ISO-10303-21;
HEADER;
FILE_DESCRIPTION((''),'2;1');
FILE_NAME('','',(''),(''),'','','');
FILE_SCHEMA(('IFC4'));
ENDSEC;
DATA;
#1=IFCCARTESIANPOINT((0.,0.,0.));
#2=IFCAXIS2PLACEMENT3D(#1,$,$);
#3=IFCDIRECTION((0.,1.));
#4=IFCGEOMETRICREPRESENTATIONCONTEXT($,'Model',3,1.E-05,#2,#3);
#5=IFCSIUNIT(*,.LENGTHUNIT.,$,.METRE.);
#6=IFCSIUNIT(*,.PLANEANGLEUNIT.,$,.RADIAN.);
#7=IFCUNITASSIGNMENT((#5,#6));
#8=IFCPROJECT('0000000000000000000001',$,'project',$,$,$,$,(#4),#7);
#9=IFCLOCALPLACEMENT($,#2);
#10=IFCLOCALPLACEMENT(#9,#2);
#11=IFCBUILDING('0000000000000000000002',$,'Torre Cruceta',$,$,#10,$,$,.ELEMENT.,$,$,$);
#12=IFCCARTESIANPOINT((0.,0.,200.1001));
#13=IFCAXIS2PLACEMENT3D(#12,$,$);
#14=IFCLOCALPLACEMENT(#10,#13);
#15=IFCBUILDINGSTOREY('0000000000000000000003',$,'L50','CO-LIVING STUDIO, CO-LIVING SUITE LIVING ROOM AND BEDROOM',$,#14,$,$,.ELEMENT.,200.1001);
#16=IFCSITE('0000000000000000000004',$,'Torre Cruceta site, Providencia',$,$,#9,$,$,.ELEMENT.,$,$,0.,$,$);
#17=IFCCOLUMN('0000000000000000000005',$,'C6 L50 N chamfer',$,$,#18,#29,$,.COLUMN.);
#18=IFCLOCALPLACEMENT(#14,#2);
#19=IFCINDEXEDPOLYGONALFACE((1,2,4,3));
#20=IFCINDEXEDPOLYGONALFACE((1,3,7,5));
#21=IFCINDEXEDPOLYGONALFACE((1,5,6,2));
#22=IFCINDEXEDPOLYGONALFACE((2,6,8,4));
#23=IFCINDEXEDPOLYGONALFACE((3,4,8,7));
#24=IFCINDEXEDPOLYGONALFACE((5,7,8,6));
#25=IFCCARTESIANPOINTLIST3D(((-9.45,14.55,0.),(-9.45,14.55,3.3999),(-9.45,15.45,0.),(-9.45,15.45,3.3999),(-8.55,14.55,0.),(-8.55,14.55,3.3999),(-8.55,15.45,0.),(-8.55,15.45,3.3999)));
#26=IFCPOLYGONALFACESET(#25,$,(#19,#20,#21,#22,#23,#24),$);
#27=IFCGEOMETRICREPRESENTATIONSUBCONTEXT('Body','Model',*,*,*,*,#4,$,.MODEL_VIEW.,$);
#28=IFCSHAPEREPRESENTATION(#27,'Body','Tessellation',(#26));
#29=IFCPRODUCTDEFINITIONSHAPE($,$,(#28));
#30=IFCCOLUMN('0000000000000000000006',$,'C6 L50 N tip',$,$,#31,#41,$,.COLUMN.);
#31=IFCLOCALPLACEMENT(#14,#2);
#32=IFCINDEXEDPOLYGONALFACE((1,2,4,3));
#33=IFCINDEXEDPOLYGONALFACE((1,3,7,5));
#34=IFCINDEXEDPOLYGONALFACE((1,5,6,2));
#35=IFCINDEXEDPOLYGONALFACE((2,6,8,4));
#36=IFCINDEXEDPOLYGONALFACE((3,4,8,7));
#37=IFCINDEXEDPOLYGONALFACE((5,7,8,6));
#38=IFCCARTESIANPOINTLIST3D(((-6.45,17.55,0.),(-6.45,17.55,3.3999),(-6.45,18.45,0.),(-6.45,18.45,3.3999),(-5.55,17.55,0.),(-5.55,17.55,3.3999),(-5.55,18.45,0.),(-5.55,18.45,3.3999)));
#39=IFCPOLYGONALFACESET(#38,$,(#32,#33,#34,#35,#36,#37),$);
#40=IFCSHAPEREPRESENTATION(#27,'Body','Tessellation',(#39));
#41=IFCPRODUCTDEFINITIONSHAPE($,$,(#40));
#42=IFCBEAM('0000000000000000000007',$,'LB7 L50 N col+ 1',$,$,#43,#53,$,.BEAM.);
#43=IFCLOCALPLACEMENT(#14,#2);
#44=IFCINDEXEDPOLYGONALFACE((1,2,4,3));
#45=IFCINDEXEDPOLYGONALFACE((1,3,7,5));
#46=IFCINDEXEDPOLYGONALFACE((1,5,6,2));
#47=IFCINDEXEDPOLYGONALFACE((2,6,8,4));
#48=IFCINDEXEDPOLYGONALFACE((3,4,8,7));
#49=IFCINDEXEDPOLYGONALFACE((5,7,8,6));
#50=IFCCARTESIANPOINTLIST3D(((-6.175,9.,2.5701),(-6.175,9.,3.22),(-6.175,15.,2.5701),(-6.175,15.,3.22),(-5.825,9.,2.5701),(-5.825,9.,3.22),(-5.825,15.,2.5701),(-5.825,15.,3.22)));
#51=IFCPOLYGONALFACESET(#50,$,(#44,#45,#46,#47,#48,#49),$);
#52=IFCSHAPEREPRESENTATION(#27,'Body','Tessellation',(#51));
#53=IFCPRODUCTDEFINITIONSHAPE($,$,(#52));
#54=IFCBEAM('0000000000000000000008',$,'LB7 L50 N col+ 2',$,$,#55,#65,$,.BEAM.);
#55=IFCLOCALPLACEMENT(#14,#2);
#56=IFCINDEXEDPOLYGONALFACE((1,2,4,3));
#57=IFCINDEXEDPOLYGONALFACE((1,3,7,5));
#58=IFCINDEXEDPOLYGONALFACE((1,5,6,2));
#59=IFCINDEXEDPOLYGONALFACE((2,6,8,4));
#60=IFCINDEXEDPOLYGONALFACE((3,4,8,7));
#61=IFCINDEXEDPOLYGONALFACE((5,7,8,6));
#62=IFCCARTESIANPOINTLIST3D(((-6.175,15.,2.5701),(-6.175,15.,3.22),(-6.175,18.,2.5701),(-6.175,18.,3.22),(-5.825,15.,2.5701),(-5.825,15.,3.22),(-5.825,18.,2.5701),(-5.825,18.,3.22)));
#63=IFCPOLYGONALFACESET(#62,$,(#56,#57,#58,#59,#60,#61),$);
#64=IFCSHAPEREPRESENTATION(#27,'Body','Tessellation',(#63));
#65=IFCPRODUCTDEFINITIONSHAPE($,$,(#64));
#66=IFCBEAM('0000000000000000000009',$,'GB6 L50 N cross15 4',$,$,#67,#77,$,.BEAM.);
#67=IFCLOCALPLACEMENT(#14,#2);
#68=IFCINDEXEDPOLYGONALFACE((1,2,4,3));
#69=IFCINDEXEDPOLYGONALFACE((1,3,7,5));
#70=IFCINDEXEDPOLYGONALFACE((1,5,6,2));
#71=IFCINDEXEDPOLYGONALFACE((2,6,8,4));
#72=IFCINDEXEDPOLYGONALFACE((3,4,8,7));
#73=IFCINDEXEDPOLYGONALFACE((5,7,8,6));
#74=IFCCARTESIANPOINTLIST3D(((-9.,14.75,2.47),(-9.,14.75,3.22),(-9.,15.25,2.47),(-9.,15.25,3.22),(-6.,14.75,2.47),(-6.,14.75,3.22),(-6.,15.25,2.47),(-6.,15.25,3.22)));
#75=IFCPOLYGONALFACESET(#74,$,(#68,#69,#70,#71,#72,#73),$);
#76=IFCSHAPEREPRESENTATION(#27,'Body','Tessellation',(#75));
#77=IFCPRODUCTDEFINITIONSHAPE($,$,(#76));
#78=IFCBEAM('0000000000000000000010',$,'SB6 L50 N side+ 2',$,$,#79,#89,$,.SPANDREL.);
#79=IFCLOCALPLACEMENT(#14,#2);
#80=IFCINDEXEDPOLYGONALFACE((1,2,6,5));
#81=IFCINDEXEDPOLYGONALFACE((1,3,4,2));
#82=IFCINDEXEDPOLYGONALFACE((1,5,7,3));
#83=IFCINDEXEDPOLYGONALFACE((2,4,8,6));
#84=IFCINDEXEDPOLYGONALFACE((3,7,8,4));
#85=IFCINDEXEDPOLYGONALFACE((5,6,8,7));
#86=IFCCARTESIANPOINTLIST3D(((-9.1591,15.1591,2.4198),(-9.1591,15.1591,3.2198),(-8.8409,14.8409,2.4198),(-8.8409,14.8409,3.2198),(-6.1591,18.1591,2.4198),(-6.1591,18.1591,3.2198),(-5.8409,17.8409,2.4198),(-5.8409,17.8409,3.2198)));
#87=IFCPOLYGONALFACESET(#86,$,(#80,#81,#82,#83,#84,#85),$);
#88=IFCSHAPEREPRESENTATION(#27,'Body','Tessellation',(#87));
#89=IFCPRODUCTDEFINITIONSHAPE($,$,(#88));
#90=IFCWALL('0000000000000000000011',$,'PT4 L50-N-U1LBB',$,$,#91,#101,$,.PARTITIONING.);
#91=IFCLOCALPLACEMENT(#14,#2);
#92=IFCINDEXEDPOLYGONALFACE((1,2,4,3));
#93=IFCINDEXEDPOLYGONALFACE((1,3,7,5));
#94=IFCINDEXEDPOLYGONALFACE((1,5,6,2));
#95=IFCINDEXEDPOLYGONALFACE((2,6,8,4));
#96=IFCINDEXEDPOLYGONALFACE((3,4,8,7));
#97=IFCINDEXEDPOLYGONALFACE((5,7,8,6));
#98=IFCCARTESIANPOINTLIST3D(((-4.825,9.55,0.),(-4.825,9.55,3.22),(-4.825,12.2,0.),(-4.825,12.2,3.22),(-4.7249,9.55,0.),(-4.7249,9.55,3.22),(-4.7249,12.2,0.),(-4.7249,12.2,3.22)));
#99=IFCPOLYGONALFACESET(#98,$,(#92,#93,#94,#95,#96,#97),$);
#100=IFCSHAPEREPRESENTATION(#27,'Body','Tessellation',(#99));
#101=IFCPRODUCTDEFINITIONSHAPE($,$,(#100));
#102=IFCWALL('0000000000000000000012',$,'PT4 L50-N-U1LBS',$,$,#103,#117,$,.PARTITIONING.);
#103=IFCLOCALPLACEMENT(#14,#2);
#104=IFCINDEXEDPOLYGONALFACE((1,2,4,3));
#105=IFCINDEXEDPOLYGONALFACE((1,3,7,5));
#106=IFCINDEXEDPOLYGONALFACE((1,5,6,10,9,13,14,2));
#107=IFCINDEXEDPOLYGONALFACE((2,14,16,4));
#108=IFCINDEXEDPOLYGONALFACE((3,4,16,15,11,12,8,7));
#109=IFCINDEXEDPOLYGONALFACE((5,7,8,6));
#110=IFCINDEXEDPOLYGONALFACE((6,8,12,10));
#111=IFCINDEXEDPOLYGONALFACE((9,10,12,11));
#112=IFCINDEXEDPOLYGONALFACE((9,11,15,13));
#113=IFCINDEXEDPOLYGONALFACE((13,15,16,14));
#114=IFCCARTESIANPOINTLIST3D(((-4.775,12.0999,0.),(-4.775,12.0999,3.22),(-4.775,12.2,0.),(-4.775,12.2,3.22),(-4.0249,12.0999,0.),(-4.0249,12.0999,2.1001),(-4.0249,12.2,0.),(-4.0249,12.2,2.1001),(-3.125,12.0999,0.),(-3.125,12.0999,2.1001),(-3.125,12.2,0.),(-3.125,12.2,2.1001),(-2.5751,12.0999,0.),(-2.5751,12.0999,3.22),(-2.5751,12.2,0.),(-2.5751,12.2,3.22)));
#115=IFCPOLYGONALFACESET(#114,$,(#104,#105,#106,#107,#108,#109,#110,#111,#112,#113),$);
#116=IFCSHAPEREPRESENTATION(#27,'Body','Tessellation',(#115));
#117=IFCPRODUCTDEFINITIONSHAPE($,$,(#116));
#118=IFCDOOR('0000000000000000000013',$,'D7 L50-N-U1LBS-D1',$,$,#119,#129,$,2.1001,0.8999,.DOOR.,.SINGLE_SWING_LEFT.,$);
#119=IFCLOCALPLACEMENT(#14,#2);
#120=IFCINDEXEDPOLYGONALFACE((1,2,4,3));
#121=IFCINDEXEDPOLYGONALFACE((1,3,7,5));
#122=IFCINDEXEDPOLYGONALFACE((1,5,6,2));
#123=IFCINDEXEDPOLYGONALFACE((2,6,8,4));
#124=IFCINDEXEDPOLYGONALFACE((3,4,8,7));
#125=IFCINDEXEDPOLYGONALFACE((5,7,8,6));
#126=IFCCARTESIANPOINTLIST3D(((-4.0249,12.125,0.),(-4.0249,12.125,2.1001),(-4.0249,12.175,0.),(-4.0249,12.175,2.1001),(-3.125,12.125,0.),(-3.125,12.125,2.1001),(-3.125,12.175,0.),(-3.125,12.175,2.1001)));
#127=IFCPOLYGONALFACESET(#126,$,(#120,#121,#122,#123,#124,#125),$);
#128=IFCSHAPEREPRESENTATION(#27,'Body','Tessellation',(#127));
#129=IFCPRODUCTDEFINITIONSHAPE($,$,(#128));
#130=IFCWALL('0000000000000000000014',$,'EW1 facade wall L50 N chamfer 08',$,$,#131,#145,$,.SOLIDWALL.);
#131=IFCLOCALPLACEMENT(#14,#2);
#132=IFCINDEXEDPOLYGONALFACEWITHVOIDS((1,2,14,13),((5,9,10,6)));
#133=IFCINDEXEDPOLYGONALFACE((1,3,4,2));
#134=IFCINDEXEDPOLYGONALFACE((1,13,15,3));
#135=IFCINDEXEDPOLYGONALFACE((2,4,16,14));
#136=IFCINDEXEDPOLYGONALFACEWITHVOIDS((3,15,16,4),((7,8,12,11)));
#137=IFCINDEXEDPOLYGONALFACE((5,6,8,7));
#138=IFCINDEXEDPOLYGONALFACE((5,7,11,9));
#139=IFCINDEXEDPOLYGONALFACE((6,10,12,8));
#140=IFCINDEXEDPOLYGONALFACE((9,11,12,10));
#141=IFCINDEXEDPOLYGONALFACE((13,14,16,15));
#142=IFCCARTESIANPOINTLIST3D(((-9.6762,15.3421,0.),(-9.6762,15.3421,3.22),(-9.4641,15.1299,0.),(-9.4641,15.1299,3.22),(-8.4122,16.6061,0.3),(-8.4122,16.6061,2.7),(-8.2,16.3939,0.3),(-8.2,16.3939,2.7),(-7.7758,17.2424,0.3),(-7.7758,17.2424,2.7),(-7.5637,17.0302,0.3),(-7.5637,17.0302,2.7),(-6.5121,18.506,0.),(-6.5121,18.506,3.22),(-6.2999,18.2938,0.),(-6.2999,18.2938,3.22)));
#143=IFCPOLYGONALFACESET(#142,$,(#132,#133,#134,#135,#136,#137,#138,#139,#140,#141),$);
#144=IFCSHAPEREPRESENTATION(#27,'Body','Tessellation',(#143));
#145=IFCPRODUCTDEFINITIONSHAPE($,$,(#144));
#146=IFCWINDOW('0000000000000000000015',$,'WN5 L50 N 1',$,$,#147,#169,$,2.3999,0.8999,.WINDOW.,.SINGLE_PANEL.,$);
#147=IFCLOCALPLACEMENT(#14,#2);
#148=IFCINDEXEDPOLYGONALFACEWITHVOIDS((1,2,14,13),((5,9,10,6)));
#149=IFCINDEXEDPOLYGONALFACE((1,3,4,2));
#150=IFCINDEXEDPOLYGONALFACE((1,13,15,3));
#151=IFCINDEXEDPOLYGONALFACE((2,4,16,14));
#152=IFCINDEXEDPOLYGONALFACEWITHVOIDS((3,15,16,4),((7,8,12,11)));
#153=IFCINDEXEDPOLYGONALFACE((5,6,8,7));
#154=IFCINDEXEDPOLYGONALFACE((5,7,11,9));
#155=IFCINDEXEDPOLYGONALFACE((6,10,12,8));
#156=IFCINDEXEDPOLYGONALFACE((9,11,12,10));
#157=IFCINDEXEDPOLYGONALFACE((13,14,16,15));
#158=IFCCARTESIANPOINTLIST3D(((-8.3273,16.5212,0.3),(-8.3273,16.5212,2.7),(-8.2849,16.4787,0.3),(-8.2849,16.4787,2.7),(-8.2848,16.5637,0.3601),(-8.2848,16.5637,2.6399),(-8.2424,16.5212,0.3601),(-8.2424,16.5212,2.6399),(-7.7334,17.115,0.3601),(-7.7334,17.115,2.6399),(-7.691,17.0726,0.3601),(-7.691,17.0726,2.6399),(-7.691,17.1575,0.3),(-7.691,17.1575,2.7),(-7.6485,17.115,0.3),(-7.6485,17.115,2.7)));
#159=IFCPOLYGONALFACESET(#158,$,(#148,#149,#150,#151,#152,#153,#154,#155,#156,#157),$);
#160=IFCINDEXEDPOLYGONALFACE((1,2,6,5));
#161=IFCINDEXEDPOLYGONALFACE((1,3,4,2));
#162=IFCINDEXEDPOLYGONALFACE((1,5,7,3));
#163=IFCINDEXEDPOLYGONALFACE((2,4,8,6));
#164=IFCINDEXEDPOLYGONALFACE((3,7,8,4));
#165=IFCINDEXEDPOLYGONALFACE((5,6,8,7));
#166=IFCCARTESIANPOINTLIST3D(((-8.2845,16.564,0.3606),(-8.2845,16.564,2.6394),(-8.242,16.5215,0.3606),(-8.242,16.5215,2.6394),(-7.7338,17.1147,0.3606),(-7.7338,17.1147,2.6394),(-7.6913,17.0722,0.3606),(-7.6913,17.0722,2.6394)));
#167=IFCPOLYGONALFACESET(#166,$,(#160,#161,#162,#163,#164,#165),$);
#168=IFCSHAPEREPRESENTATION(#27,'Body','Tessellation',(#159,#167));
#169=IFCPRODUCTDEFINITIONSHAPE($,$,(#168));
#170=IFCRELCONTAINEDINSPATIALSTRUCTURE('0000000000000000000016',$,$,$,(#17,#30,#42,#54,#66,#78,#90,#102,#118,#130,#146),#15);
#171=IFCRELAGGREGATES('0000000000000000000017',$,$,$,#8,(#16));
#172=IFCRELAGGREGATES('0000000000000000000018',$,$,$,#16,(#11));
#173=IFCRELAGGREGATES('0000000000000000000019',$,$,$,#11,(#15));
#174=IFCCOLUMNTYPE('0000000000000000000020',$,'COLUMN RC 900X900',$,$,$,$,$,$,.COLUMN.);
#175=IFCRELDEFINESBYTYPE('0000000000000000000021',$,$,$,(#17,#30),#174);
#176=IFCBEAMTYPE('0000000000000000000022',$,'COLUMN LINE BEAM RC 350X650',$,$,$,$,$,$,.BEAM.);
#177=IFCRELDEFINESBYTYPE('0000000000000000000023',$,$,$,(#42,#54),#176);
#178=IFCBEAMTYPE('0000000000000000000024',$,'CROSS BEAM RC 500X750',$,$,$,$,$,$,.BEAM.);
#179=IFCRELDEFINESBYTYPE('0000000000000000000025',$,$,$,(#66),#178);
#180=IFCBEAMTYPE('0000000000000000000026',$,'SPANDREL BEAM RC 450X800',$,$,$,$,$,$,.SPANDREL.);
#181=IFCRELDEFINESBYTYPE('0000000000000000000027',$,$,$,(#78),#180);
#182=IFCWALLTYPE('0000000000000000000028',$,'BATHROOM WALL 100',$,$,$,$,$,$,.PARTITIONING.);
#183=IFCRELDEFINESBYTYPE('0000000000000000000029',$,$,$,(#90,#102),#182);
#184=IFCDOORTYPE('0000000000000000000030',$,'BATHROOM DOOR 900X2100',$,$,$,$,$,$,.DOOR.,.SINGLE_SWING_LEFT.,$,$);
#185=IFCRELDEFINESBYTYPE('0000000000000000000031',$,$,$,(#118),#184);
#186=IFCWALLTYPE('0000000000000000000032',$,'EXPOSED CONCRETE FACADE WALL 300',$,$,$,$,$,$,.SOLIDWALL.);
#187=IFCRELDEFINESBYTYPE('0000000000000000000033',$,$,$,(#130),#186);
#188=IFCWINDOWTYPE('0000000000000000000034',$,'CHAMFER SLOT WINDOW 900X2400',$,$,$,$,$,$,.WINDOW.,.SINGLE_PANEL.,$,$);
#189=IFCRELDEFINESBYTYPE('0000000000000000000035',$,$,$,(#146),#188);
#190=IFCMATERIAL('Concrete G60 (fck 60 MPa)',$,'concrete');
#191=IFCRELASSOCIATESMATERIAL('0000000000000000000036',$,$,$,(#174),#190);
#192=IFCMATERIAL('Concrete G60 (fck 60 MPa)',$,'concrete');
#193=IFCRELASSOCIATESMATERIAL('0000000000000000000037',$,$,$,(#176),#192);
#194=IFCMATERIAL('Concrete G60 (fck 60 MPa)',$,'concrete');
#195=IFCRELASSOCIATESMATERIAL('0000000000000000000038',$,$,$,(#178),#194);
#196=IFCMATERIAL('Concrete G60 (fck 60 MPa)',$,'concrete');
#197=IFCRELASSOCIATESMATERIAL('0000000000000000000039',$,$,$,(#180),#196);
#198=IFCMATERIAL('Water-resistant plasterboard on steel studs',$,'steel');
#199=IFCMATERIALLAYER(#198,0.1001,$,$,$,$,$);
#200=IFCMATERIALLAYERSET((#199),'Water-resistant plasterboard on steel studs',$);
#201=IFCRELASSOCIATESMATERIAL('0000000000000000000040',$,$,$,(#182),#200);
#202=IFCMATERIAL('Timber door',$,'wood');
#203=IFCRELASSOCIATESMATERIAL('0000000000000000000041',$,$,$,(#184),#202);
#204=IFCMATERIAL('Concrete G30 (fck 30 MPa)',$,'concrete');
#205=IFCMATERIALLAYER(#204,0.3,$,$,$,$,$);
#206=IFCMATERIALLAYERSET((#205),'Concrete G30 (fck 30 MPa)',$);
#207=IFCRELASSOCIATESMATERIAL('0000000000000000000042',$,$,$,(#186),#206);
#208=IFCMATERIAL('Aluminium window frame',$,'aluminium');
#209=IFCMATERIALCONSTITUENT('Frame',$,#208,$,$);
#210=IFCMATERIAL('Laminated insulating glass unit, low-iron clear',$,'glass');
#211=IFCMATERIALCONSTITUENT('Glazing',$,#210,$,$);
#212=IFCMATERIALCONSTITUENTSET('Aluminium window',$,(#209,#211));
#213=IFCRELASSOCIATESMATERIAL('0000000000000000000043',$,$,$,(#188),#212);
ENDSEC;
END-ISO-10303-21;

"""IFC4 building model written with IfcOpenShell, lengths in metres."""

from ifc_helpers import new_model, si_unit, direction, frame, frame_2d, origin, origin_2d, place, context, subcontext, project, spatial, rectangle, hollow_rectangle, extrude, material, layer, layer_set, constituent, constituent_set, material_profile, profile_set, type_object, element, fill, save


model = new_model("IFC4")

# Units and contexts
model_context = context("Model", 3, precision=1e-05, world=origin(), true_north=direction((0.0, 1.0)))
body_context = subcontext(model_context, "Body", "Model", "MODEL_VIEW")
ifc_project = project(units=[si_unit("LENGTHUNIT", "METRE"), si_unit("PLANEANGLEUNIT", "RADIAN")], contexts=[model_context])

# Site, building, storey
site_placement = place(None, origin())
site = spatial("IfcSite", under=ifc_project, at=site_placement, Name="Torre Cruceta site, Providencia", CompositionType="ELEMENT", RefElevation=0.0)
building_placement = place(site_placement, origin())
building = spatial("IfcBuilding", under=site, at=building_placement, Name="Torre Cruceta", CompositionType="ELEMENT")
storey_placement = place(building_placement, frame((0.0, 0.0, 200.1001)))
storey = spatial("IfcBuildingStorey", under=building, at=storey_placement, Name="L50", Description="CO-LIVING STUDIO, CO-LIVING SUITE LIVING ROOM AND BEDROOM", CompositionType="ELEMENT", Elevation=200.1001)

# Columns
ifc_material_1 = material(Name="Concrete G60 (fck 60 MPa)", Category="concrete")
ifc_material_profile_1 = material_profile(ifc_material_1, rectangle(XDim=0.8999, YDim=0.8999, at=origin_2d()), Name="RC 900X900")
ifc_profile_set_1 = profile_set([ifc_material_profile_1], Name="Concrete G60 (fck 60 MPa)")
column_type = type_object("IfcColumnType", Name="COLUMN RC 900X900", PredefinedType="COLUMN", material=ifc_profile_set_1)
for number, where, z_axis, x_axis, name in (
    (1, (-9.0, 15.0, 0.0), (0.0, 0.0, 1.0), (1.0, 0.0, 0.0), "C6 L50 N chamfer"),
    (2, (-6.0, 18.0, 0.0), (0.0, 0.0, 1.0), (1.0, 0.0, 0.0), "C6 L50 N tip"),
):
    element("IfcColumn", number, at=place(storey_placement, frame(where, z_axis=z_axis, x_axis=x_axis)), inside=storey, type_object=column_type, Name=name, PredefinedType="COLUMN", context=body_context, shape_type="SweptSolid", body=[
        extrude(rectangle(XDim=0.8999, YDim=0.8999, at=origin_2d()), origin(), (0.0, 0.0, 1.0), 3.3999),
    ])

# Beams
ifc_material_2 = material(Name="Concrete G60 (fck 60 MPa)", Category="concrete")
ifc_material_profile_2 = material_profile(ifc_material_2, rectangle(XDim=0.3501, YDim=0.6499, at=origin_2d()), Name="RC 350X650")
ifc_profile_set_2 = profile_set([ifc_material_profile_2], Name="Concrete G60 (fck 60 MPa)")
beam_type_1 = type_object("IfcBeamType", Name="COLUMN LINE BEAM RC 350X650", PredefinedType="BEAM", material=ifc_profile_set_2)
beam_1_placement = place(storey_placement, frame((-6.0, 9.0, 2.895), z_axis=(0.0, 1.0, 0.0), x_axis=(-1.0, 0.0, 0.0)))
element("IfcBeam", 3, at=beam_1_placement, inside=storey, type_object=beam_type_1, Name="LB7 L50 N col+ 1", PredefinedType="BEAM", context=body_context, shape_type="SweptSolid", body=[
    extrude(rectangle(XDim=0.3501, YDim=0.6499, at=origin_2d()), origin(), (0.0, 0.0, 1.0), 6.0),
])
beam_2_placement = place(storey_placement, frame((-6.0, 15.0, 2.895), z_axis=(0.0, 1.0, 0.0), x_axis=(-1.0, 0.0, 0.0)))
element("IfcBeam", 4, at=beam_2_placement, inside=storey, type_object=beam_type_1, Name="LB7 L50 N col+ 2", PredefinedType="BEAM", context=body_context, shape_type="SweptSolid", body=[
    extrude(rectangle(XDim=0.3501, YDim=0.6499, at=origin_2d()), origin(), (0.0, 0.0, 1.0), 3.0),
])
ifc_material_3 = material(Name="Concrete G60 (fck 60 MPa)", Category="concrete")
ifc_material_profile_3 = material_profile(ifc_material_3, rectangle(XDim=0.5, YDim=0.75, at=origin_2d()), Name="RC 500X750")
ifc_profile_set_3 = profile_set([ifc_material_profile_3], Name="Concrete G60 (fck 60 MPa)")
beam_type_2 = type_object("IfcBeamType", Name="CROSS BEAM RC 500X750", PredefinedType="BEAM", material=ifc_profile_set_3)
beam_3_placement = place(storey_placement, frame((-6.0, 15.0, 2.845), z_axis=(-1.0, 0.0, 0.0), x_axis=(0.0, -1.0, 0.0)))
element("IfcBeam", 5, at=beam_3_placement, inside=storey, type_object=beam_type_2, Name="GB6 L50 N cross15 4", PredefinedType="BEAM", context=body_context, shape_type="SweptSolid", body=[
    extrude(rectangle(XDim=0.5, YDim=0.75, at=origin_2d()), origin(), (0.0, 0.0, 1.0), 3.0),
])
ifc_material_4 = material(Name="Concrete G60 (fck 60 MPa)", Category="concrete")
ifc_material_profile_4 = material_profile(ifc_material_4, rectangle(XDim=0.45, YDim=0.8, at=origin_2d()), Name="RC 450X800")
ifc_profile_set_4 = profile_set([ifc_material_profile_4], Name="Concrete G60 (fck 60 MPa)")
beam_type_3 = type_object("IfcBeamType", Name="SPANDREL BEAM RC 450X800", PredefinedType="SPANDREL", material=ifc_profile_set_4)
beam_4_placement = place(storey_placement, frame((-9.0, 15.0, 2.8198), z_axis=(0.707107, 0.707107, 0.0), x_axis=(-0.707107, 0.707107, 0.0)))
element("IfcBeam", 6, at=beam_4_placement, inside=storey, type_object=beam_type_3, Name="SB6 L50 N side+ 2", PredefinedType="SPANDREL", context=body_context, shape_type="SweptSolid", body=[
    extrude(rectangle(XDim=0.45, YDim=0.8, at=origin_2d()), origin(), (0.0, 0.0, 1.0), 4.2427),
])

# Wall
ifc_material_5 = material(Name="Water-resistant plasterboard on steel studs", Category="steel")
ifc_layer_1 = layer(ifc_material_5, 0.1001)
ifc_layer_set_1 = layer_set([ifc_layer_1], Name="Water-resistant plasterboard on steel studs")
wall_type_1 = type_object("IfcWallType", Name="BATHROOM WALL 100", PredefinedType="PARTITIONING", material=ifc_layer_set_1)
wall_1_placement = place(storey_placement, frame((-4.7749, 9.55, 0.0), z_axis=(0.0, 0.0, 1.0), x_axis=(0.0, 1.0, 0.0)))
element("IfcWall", 7, at=wall_1_placement, inside=storey, type_object=wall_type_1, Name="PT4 L50-N-U1LBB", PredefinedType="PARTITIONING", context=body_context, shape_type="SweptSolid", body=[
    extrude(rectangle(XDim=2.6499, YDim=0.1001, at=frame_2d((1.325, 0.0))), origin(), (0.0, 0.0, 1.0), 3.22),
])

# Wall, opening, door
wall_2_placement = place(storey_placement, frame((-2.575, 12.1499, 0.0), z_axis=(0.0, 0.0, 1.0), x_axis=(-1.0, 0.0, 0.0)))
wall_2 = element("IfcWall", 8, at=wall_2_placement, inside=storey, type_object=wall_type_1, Name="PT4 L50-N-U1LBS", PredefinedType="PARTITIONING", context=body_context, shape_type="SweptSolid", body=[
    extrude(rectangle(XDim=2.2, YDim=0.1001, at=frame_2d((1.1001, 0.0))), origin(), (0.0, 0.0, 1.0), 3.22),
])
opening_1_placement = place(wall_2_placement, frame((0.55, 0.0, 0.0)))
opening_1 = element("IfcOpeningElement", 9, at=opening_1_placement, cuts=wall_2, PredefinedType="OPENING", context=body_context, shape_type="SweptSolid", body=[
    extrude(rectangle(XDim=0.8999, YDim=2.1001, at=frame_2d((0.45, 1.05))), frame((0.0, 0.0601, 0.0), z_axis=(0.0, -1.0, 0.0), x_axis=(1.0, 0.0, 0.0)), (0.0, 0.0, 1.0), 0.1201),
])
ifc_material_6 = material(Name="Timber door", Category="wood")
door_type_1 = type_object("IfcDoorType", Name="BATHROOM DOOR 900X2100", OperationType="SINGLE_SWING_LEFT", PredefinedType="DOOR", material=ifc_material_6)
door_1_placement = place(opening_1_placement, origin())
door_1 = element("IfcDoor", 10, at=door_1_placement, inside=storey, type_object=door_type_1, Name="D7 L50-N-U1LBS-D1", OperationType="SINGLE_SWING_LEFT", OverallHeight=2.1001, OverallWidth=0.8999, PredefinedType="DOOR", context=body_context, shape_type="SweptSolid", body=[
    extrude(rectangle(XDim=0.8999, YDim=2.1001, at=frame_2d((0.45, 1.05))), frame((0.0, 0.0249, 0.0), z_axis=(0.0, -1.0, 0.0), x_axis=(1.0, 0.0, 0.0)), (0.0, 0.0, 1.0), 0.05),
])
fill(opening_1, door_1)

# Wall, opening, window
ifc_material_7 = material(Name="Concrete G30 (fck 30 MPa)", Category="concrete")
ifc_layer_2 = layer(ifc_material_7, 0.3)
ifc_layer_set_2 = layer_set([ifc_layer_2], Name="Concrete G30 (fck 30 MPa)")
wall_type_2 = type_object("IfcWallType", Name="EXPOSED CONCRETE FACADE WALL 300", PredefinedType="SOLIDWALL", material=ifc_layer_set_2)
wall_3_placement = place(storey_placement, frame((-6.406, 18.3999, 0.0), z_axis=(0.0, 0.0, 1.0), x_axis=(-0.707134, -0.707079, 0.0)))
wall_3 = element("IfcWall", 11, at=wall_3_placement, inside=storey, type_object=wall_type_2, Name="EW1 facade wall L50 N chamfer 08", PredefinedType="SOLIDWALL", context=body_context, shape_type="SweptSolid", body=[
    extrude(rectangle(XDim=4.4746, YDim=0.3, at=frame_2d((2.2373, 0.0))), origin(), (0.0, 0.0, 1.0), 3.22),
])
opening_2_placement = place(wall_3_placement, frame((1.7871, 0.0, 0.3)))
opening_2 = element("IfcOpeningElement", 12, at=opening_2_placement, cuts=wall_3, PredefinedType="OPENING", context=body_context, shape_type="SweptSolid", body=[
    extrude(rectangle(XDim=0.8999, YDim=2.3999, at=frame_2d((0.45, 1.2))), frame((0.0, 0.1599, 0.0), z_axis=(0.0, -1.0, 0.0), x_axis=(1.0, 0.0, 0.0)), (0.0, 0.0, 1.0), 0.3201),
])
ifc_material_8 = material(Name="Aluminium window frame", Category="aluminium")
ifc_constituent_1 = constituent(ifc_material_8, Name="Frame")
ifc_material_9 = material(Name="Laminated insulating glass unit, low-iron clear", Category="glass")
ifc_constituent_2 = constituent(ifc_material_9, Name="Glazing")
ifc_constituent_set_1 = constituent_set(constituents=[ifc_constituent_1, ifc_constituent_2], Name="Aluminium window")
window_type = type_object("IfcWindowType", Name="CHAMFER SLOT WINDOW 900X2400", PartitioningType="SINGLE_PANEL", PredefinedType="WINDOW", material=ifc_constituent_set_1)
window_placement = place(opening_2_placement, origin())
window = element("IfcWindow", 13, at=window_placement, inside=storey, type_object=window_type, Name="WN5 L50 N 1", OverallHeight=2.3999, OverallWidth=0.8999, PartitioningType="SINGLE_PANEL", PredefinedType="WINDOW", context=body_context, shape_type="SweptSolid", body=[
    extrude(hollow_rectangle(XDim=0.8999, YDim=2.3999, WallThickness=0.0601, at=frame_2d((0.45, 1.2))), frame((0.0, 0.03, 0.0), z_axis=(0.0, -1.0, 0.0), x_axis=(1.0, 0.0, 0.0)), (0.0, 0.0, 1.0), 0.0601),
    extrude(rectangle(XDim=0.7788, YDim=2.2788, at=frame_2d((0.45, 1.2))), frame((0.0, 0.03, 0.0), z_axis=(0.0, -1.0, 0.0), x_axis=(1.0, 0.0, 0.0)), (0.0, 0.0, 1.0), 0.0601),
])
fill(opening_2, window)

save(model, "model.ifc")
